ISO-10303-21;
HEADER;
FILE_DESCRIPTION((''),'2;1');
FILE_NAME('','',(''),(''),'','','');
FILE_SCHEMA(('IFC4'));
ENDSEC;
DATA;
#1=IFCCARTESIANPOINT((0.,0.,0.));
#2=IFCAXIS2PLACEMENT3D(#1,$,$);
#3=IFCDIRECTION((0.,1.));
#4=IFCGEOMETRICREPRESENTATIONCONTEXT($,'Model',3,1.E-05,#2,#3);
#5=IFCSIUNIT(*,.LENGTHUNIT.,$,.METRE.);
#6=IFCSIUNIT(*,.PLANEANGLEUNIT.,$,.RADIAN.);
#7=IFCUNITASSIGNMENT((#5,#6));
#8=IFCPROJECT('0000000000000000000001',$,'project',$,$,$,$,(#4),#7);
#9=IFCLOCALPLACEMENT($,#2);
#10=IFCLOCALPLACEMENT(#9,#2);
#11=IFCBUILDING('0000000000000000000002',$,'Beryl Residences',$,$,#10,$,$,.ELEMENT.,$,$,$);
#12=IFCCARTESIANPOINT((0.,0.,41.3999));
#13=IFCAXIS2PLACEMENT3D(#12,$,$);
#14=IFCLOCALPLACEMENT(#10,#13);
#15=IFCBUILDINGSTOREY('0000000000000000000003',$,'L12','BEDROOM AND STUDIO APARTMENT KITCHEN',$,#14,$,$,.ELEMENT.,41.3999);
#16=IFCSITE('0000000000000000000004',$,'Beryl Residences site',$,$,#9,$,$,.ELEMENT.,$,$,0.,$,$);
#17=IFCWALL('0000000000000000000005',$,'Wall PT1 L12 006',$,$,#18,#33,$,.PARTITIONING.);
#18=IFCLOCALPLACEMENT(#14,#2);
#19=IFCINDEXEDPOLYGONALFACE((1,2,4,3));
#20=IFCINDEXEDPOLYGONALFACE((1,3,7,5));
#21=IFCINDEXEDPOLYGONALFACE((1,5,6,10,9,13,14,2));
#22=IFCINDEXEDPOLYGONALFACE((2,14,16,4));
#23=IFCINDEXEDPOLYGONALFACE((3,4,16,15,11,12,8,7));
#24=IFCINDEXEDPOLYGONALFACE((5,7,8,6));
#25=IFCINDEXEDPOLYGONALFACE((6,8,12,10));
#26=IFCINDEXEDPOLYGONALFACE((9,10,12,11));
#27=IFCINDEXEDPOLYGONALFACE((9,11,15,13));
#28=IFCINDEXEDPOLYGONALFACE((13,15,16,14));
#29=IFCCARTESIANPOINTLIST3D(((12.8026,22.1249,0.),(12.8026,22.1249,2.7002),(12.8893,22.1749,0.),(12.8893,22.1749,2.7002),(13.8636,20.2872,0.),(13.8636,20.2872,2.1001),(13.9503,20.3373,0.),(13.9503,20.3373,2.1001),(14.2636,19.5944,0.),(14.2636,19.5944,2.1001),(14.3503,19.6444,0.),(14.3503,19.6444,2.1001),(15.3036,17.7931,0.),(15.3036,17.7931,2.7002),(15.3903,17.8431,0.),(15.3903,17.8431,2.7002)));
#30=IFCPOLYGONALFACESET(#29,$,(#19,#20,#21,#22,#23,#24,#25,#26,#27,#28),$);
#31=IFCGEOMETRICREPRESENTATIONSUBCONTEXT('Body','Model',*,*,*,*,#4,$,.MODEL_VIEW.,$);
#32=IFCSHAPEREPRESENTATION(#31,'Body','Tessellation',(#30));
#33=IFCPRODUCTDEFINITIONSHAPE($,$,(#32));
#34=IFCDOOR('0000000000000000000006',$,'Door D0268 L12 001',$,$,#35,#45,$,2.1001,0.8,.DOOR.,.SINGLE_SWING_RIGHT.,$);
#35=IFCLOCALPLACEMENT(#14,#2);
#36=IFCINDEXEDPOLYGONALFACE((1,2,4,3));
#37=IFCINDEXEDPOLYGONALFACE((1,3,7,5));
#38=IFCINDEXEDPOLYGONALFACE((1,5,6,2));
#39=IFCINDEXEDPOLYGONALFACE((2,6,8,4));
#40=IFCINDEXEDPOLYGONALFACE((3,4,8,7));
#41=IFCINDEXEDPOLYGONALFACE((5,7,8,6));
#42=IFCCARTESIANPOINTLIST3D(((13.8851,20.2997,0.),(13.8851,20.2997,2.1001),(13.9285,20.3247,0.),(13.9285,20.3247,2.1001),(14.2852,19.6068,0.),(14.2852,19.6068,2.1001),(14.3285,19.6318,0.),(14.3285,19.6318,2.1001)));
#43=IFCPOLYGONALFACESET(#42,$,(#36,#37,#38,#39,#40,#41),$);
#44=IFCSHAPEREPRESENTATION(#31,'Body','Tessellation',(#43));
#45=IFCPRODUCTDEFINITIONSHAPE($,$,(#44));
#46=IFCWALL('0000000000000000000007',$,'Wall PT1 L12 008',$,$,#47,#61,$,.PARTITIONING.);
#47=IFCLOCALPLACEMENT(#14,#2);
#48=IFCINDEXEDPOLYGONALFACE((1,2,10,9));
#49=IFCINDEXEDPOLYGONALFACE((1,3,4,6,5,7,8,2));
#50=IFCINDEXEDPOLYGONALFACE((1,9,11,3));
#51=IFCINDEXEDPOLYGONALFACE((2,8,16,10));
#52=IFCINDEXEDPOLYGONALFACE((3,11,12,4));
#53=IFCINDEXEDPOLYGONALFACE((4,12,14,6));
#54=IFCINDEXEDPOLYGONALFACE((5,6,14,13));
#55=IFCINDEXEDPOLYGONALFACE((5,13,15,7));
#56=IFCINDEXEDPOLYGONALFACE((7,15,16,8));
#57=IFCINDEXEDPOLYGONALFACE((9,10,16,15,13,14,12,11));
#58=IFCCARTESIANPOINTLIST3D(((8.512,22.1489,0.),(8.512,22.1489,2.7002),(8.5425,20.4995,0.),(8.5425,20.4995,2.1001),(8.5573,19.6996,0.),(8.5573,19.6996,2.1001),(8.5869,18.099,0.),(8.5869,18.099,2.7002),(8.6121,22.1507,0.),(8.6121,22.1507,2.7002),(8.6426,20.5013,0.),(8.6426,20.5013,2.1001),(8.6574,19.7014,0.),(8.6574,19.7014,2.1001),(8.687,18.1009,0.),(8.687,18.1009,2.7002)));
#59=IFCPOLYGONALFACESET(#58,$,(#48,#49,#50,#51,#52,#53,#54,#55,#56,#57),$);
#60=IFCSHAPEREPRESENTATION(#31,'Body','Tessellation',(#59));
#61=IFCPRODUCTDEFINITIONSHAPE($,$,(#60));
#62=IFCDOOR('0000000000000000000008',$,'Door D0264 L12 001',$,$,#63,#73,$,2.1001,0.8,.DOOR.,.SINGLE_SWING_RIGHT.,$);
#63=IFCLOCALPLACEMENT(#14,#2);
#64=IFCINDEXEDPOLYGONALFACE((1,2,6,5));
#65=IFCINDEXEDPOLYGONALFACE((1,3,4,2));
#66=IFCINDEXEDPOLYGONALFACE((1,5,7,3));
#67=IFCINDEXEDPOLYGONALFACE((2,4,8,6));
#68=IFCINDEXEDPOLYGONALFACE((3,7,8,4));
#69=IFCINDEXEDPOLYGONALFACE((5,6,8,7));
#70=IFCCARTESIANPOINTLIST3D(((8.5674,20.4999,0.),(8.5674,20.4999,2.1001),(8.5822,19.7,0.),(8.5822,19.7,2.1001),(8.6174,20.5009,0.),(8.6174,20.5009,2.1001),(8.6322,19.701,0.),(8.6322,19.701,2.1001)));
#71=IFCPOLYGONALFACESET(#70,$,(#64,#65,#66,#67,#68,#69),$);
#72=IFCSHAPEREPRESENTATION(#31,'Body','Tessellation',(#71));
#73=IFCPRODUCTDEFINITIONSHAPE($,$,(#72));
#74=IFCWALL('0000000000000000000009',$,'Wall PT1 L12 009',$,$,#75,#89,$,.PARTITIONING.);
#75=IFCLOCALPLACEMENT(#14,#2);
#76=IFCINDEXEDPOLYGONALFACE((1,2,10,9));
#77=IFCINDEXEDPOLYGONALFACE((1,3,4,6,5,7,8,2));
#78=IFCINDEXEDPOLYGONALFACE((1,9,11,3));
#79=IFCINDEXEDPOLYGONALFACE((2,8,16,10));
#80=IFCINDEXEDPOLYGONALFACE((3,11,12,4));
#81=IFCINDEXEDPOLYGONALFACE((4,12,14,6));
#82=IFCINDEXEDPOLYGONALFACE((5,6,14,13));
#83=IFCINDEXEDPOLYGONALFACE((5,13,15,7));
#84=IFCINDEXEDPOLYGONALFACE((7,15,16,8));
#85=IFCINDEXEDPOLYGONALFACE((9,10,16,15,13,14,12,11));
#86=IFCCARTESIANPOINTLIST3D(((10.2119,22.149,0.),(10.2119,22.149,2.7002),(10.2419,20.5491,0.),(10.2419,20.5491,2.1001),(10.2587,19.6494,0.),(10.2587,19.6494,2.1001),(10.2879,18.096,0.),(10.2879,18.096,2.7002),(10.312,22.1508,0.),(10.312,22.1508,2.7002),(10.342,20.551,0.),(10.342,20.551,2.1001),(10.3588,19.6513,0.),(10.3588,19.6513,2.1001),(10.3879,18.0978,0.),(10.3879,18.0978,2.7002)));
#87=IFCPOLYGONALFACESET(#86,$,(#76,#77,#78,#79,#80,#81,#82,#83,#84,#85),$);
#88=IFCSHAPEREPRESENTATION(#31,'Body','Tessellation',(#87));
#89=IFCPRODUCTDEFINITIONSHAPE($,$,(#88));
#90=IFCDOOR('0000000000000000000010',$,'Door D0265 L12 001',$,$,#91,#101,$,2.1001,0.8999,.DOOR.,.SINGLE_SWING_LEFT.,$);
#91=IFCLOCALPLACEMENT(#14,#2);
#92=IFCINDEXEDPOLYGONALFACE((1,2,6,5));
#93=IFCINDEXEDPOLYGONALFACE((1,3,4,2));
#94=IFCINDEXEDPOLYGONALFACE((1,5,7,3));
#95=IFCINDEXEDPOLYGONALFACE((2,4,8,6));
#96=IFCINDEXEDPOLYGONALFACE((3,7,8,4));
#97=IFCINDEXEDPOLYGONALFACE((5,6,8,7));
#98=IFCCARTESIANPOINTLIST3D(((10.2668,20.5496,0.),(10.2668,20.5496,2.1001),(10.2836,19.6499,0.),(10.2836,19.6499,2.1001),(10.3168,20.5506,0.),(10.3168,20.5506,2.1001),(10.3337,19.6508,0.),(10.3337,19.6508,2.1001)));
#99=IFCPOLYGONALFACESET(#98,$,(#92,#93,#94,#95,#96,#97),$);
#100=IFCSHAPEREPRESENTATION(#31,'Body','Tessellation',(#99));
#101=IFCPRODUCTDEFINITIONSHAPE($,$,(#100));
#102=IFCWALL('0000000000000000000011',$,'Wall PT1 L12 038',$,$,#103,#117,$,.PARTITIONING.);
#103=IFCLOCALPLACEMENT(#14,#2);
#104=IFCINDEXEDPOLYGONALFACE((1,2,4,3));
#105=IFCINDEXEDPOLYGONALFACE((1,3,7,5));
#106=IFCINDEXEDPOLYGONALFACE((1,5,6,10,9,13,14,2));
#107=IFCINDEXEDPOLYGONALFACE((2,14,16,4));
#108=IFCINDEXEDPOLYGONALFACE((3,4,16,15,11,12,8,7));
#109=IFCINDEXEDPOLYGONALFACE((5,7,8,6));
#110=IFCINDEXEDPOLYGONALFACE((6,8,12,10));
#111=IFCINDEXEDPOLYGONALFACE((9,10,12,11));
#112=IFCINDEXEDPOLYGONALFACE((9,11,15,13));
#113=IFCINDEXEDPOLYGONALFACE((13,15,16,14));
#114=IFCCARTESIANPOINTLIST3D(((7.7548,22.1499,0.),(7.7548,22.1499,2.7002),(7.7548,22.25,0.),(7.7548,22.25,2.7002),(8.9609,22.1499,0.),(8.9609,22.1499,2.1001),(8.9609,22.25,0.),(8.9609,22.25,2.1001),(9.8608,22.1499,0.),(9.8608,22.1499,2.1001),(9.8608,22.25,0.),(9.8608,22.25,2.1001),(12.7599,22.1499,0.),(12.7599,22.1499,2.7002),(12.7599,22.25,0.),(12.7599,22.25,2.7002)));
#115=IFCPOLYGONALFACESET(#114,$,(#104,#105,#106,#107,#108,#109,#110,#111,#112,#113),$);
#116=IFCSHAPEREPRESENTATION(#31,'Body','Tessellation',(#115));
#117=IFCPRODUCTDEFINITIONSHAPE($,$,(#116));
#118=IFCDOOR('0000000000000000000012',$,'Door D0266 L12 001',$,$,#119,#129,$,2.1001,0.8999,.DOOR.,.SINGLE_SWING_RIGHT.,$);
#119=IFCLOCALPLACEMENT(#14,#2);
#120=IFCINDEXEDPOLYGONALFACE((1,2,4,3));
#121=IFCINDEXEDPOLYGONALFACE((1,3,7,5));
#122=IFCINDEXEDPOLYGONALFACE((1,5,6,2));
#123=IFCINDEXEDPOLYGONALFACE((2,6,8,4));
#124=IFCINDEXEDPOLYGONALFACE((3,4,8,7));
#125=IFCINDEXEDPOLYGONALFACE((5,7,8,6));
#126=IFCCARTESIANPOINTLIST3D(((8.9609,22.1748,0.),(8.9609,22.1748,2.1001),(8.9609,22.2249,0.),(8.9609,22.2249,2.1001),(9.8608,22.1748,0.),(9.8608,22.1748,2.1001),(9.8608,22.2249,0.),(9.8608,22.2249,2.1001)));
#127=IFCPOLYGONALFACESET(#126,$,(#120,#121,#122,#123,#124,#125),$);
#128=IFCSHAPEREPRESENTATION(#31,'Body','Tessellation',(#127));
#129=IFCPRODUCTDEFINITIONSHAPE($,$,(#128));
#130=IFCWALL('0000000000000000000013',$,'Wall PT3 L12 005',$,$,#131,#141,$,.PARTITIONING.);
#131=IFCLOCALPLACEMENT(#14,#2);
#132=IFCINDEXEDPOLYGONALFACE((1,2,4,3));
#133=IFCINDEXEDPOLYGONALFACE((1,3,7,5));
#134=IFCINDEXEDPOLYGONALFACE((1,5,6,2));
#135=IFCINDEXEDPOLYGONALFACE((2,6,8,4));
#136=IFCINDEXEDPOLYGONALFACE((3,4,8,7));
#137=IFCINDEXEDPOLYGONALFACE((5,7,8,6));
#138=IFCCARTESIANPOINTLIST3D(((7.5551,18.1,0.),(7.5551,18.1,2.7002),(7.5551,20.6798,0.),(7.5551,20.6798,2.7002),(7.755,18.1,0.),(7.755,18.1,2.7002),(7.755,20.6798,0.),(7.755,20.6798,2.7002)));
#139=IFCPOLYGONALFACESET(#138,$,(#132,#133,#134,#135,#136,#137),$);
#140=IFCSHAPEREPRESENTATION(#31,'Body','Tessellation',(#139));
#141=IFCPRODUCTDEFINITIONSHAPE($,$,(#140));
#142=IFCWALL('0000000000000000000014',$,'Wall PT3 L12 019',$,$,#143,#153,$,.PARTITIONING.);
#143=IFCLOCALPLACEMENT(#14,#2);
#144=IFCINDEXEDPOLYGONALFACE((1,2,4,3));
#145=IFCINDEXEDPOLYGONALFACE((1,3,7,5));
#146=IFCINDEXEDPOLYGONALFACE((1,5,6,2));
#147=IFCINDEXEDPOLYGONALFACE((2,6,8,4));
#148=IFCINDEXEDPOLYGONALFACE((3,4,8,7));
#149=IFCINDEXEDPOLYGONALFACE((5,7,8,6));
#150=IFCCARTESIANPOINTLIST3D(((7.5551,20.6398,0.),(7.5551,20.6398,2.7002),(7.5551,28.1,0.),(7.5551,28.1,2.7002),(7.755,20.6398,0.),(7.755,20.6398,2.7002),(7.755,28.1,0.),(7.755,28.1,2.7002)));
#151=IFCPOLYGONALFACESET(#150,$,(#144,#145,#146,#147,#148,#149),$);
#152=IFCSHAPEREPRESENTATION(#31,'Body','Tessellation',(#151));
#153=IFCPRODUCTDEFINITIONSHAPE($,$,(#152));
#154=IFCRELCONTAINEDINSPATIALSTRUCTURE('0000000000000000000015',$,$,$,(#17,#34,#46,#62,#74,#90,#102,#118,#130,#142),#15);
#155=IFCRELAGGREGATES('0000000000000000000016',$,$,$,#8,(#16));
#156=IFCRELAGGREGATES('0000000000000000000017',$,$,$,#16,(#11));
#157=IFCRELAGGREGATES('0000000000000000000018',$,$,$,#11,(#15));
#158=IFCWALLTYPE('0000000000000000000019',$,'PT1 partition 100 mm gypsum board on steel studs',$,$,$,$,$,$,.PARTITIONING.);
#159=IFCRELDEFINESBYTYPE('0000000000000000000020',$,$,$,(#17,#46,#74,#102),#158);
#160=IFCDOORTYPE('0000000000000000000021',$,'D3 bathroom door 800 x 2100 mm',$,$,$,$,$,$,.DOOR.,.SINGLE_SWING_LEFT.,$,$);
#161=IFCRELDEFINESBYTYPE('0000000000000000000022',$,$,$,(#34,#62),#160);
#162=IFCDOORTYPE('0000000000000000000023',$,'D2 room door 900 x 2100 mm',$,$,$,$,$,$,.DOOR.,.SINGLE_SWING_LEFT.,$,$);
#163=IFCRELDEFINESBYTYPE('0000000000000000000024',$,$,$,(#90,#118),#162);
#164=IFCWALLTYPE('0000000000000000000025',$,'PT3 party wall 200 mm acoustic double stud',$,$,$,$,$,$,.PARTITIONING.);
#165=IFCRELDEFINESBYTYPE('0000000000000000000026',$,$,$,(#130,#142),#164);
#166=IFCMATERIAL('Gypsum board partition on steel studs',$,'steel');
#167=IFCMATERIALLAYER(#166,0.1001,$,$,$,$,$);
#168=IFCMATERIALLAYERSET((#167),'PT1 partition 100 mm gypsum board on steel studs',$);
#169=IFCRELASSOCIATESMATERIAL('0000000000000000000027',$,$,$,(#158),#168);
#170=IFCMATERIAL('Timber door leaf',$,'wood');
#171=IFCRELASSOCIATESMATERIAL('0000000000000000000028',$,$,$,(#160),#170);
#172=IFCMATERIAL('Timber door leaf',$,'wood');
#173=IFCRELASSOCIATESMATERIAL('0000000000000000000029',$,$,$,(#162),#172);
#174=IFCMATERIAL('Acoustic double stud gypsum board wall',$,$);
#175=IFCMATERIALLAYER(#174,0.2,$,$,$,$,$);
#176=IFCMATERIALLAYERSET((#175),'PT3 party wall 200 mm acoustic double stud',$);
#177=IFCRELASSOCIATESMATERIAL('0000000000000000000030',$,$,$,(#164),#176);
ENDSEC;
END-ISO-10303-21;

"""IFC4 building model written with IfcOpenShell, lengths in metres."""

from ifc_helpers import new_model, si_unit, direction, frame, frame_2d, origin, place, context, subcontext, project, spatial, rectangle, extrude, material, layer, layer_set, type_object, element, fill, save


model = new_model("IFC4")

# Units and contexts
model_context = context("Model", 3, precision=1e-05, world=origin(), true_north=direction((0.0, 1.0)))
body_context = subcontext(model_context, "Body", "Model", "MODEL_VIEW")
ifc_project = project(units=[si_unit("LENGTHUNIT", "METRE"), si_unit("PLANEANGLEUNIT", "RADIAN")], contexts=[model_context])

# Site, building, storey
site_placement = place(None, origin())
site = spatial("IfcSite", under=ifc_project, at=site_placement, Name="Beryl Residences site", CompositionType="ELEMENT", RefElevation=0.0)
building_placement = place(site_placement, origin())
building = spatial("IfcBuilding", under=site, at=building_placement, Name="Beryl Residences", CompositionType="ELEMENT")
storey_placement = place(building_placement, frame((0.0, 0.0, 41.3999)))
storey = spatial("IfcBuildingStorey", under=building, at=storey_placement, Name="L12", Description="BEDROOM AND STUDIO APARTMENT KITCHEN", CompositionType="ELEMENT", Elevation=41.3999)

# Walls, openings, doors
ifc_material_1 = material(Name="Gypsum board partition on steel studs", Category="steel")
ifc_layer_1 = layer(ifc_material_1, 0.1001)
ifc_layer_set_1 = layer_set([ifc_layer_1], Name="PT1 partition 100 mm gypsum board on steel studs")
wall_type_1 = type_object("IfcWallType", Name="PT1 partition 100 mm gypsum board on steel studs", PredefinedType="PARTITIONING", material=ifc_layer_set_1)
wall_1_placement = place(storey_placement, frame((12.8459, 22.1499, 0.0), z_axis=(0.0, 0.0, 1.0), x_axis=(0.500003, -0.866024, 0.0)))
wall_1 = element("IfcWall", 1, at=wall_1_placement, inside=storey, type_object=wall_type_1, Name="Wall PT1 L12 006", PredefinedType="PARTITIONING", context=body_context, shape_type="SweptSolid", body=[
    extrude(rectangle(XDim=5.002, YDim=0.1001, at=frame_2d((2.501, 0.0))), origin(), (0.0, 0.0, 1.0), 2.7002),
])
opening_1_placement = place(wall_1_placement, frame((2.1221, 0.0, 0.0)))
opening_1 = element("IfcOpeningElement", 2, at=opening_1_placement, cuts=wall_1, PredefinedType="OPENING", context=body_context, shape_type="SweptSolid", body=[
    extrude(rectangle(XDim=0.8, YDim=2.1001, at=frame_2d((0.3999, 1.05))), frame((0.0, 0.0601, 0.0), z_axis=(0.0, -1.0, 0.0), x_axis=(1.0, 0.0, 0.0)), (0.0, 0.0, 1.0), 0.1201),
])
ifc_material_2 = material(Name="Timber door leaf", Category="wood")
door_type_1 = type_object("IfcDoorType", Name="D3 bathroom door 800 x 2100 mm", OperationType="SINGLE_SWING_LEFT", PredefinedType="DOOR", material=ifc_material_2)
door_1_placement = place(opening_1_placement, origin())
door_1 = element("IfcDoor", 3, at=door_1_placement, inside=storey, type_object=door_type_1, Name="Door D0268 L12 001", OperationType="SINGLE_SWING_RIGHT", OverallHeight=2.1001, OverallWidth=0.8, PredefinedType="DOOR", context=body_context, shape_type="SweptSolid", body=[
    extrude(rectangle(XDim=0.8, YDim=2.1001, at=frame_2d((0.3999, 1.05))), frame((0.0, 0.0249, 0.0), z_axis=(0.0, -1.0, 0.0), x_axis=(1.0, 0.0, 0.0)), (0.0, 0.0, 1.0), 0.05),
])
fill(opening_1, door_1)
wall_2_placement = place(storey_placement, frame((8.562, 22.1499, 0.0), z_axis=(0.0, 0.0, 1.0), x_axis=(0.018504, -0.999829, 0.0)))
wall_2 = element("IfcWall", 4, at=wall_2_placement, inside=storey, type_object=wall_type_1, Name="Wall PT1 L12 008", PredefinedType="PARTITIONING", context=body_context, shape_type="SweptSolid", body=[
    extrude(rectangle(XDim=4.0505, YDim=0.1001, at=frame_2d((2.0254, 0.0))), origin(), (0.0, 0.0, 1.0), 2.7002),
])
opening_2_placement = place(wall_2_placement, frame((1.6499, 0.0, 0.0)))
opening_2 = element("IfcOpeningElement", 5, at=opening_2_placement, cuts=wall_2, PredefinedType="OPENING", context=body_context, shape_type="SweptSolid", body=[
    extrude(rectangle(XDim=0.8, YDim=2.1001, at=frame_2d((0.3999, 1.05))), frame((0.0, 0.0601, 0.0), z_axis=(0.0, -1.0, 0.0), x_axis=(1.0, 0.0, 0.0)), (0.0, 0.0, 1.0), 0.1201),
])
door_2_placement = place(opening_2_placement, origin())
door_2 = element("IfcDoor", 6, at=door_2_placement, inside=storey, type_object=door_type_1, Name="Door D0264 L12 001", OperationType="SINGLE_SWING_RIGHT", OverallHeight=2.1001, OverallWidth=0.8, PredefinedType="DOOR", context=body_context, shape_type="SweptSolid", body=[
    extrude(rectangle(XDim=0.8, YDim=2.1001, at=frame_2d((0.3999, 1.05))), frame((0.0, 0.0249, 0.0), z_axis=(0.0, -1.0, 0.0), x_axis=(1.0, 0.0, 0.0)), (0.0, 0.0, 1.0), 0.05),
])
fill(opening_2, door_2)
wall_3_placement = place(storey_placement, frame((10.262, 22.1499, 0.0), z_axis=(0.0, 0.0, 1.0), x_axis=(0.018731, -0.999825, 0.0)))
wall_3 = element("IfcWall", 7, at=wall_3_placement, inside=storey, type_object=wall_type_1, Name="Wall PT1 L12 009", PredefinedType="PARTITIONING", context=body_context, shape_type="SweptSolid", body=[
    extrude(rectangle(XDim=4.0537, YDim=0.1001, at=frame_2d((2.0269, 0.0))), origin(), (0.0, 0.0, 1.0), 2.7002),
])
opening_3_placement = place(wall_3_placement, frame((1.6001, 0.0, 0.0)))
opening_3 = element("IfcOpeningElement", 8, at=opening_3_placement, cuts=wall_3, PredefinedType="OPENING", context=body_context, shape_type="SweptSolid", body=[
    extrude(rectangle(XDim=0.8999, YDim=2.1001, at=frame_2d((0.45, 1.05))), frame((0.0, 0.0601, 0.0), z_axis=(0.0, -1.0, 0.0), x_axis=(1.0, 0.0, 0.0)), (0.0, 0.0, 1.0), 0.1201),
])
ifc_material_3 = material(Name="Timber door leaf", Category="wood")
door_type_2 = type_object("IfcDoorType", Name="D2 room door 900 x 2100 mm", OperationType="SINGLE_SWING_LEFT", PredefinedType="DOOR", material=ifc_material_3)
door_3_placement = place(opening_3_placement, origin())
door_3 = element("IfcDoor", 9, at=door_3_placement, inside=storey, type_object=door_type_2, Name="Door D0265 L12 001", OperationType="SINGLE_SWING_LEFT", OverallHeight=2.1001, OverallWidth=0.8999, PredefinedType="DOOR", context=body_context, shape_type="SweptSolid", body=[
    extrude(rectangle(XDim=0.8999, YDim=2.1001, at=frame_2d((0.45, 1.05))), frame((0.0, 0.0249, 0.0), z_axis=(0.0, -1.0, 0.0), x_axis=(1.0, 0.0, 0.0)), (0.0, 0.0, 1.0), 0.05),
])
fill(opening_3, door_3)
wall_4_placement = place(storey_placement, frame((7.7549, 22.2, 0.0), z_axis=(0.0, 0.0, 1.0), x_axis=(1.0, 0.0, 0.0)))
wall_4 = element("IfcWall", 10, at=wall_4_placement, inside=storey, type_object=wall_type_1, Name="Wall PT1 L12 038", PredefinedType="PARTITIONING", context=body_context, shape_type="SweptSolid", body=[
    extrude(rectangle(XDim=5.0051, YDim=0.1001, at=frame_2d((2.5024, 0.0))), origin(), (0.0, 0.0, 1.0), 2.7002),
])
opening_4_placement = place(wall_4_placement, frame((1.2061, 0.0, 0.0)))
opening_4 = element("IfcOpeningElement", 11, at=opening_4_placement, cuts=wall_4, PredefinedType="OPENING", context=body_context, shape_type="SweptSolid", body=[
    extrude(rectangle(XDim=0.8999, YDim=2.1001, at=frame_2d((0.45, 1.05))), frame((0.0, 0.0601, 0.0), z_axis=(0.0, -1.0, 0.0), x_axis=(1.0, 0.0, 0.0)), (0.0, 0.0, 1.0), 0.1201),
])
door_4_placement = place(opening_4_placement, origin())
door_4 = element("IfcDoor", 12, at=door_4_placement, inside=storey, type_object=door_type_2, Name="Door D0266 L12 001", OperationType="SINGLE_SWING_RIGHT", OverallHeight=2.1001, OverallWidth=0.8999, PredefinedType="DOOR", context=body_context, shape_type="SweptSolid", body=[
    extrude(rectangle(XDim=0.8999, YDim=2.1001, at=frame_2d((0.45, 1.05))), frame((0.0, 0.0249, 0.0), z_axis=(0.0, -1.0, 0.0), x_axis=(1.0, 0.0, 0.0)), (0.0, 0.0, 1.0), 0.05),
])
fill(opening_4, door_4)

# Walls
ifc_material_4 = material(Name="Acoustic double stud gypsum board wall")
ifc_layer_2 = layer(ifc_material_4, 0.2)
ifc_layer_set_2 = layer_set([ifc_layer_2], Name="PT3 party wall 200 mm acoustic double stud")
wall_type_2 = type_object("IfcWallType", Name="PT3 party wall 200 mm acoustic double stud", PredefinedType="PARTITIONING", material=ifc_layer_set_2)
wall_5_placement = place(storey_placement, frame((7.655, 20.6799, 0.0), z_axis=(0.0, 0.0, 1.0), x_axis=(0.0, -1.0, 0.0)))
element("IfcWall", 13, at=wall_5_placement, inside=storey, type_object=wall_type_2, Name="Wall PT3 L12 005", PredefinedType="PARTITIONING", context=body_context, shape_type="SweptSolid", body=[
    extrude(rectangle(XDim=2.5798, YDim=0.2, at=frame_2d((1.29, 0.0))), origin(), (0.0, 0.0, 1.0), 2.7002),
])
wall_6_placement = place(storey_placement, frame((7.655, 20.6399, 0.0), z_axis=(0.0, 0.0, 1.0), x_axis=(0.0, 1.0, 0.0)))
element("IfcWall", 14, at=wall_6_placement, inside=storey, type_object=wall_type_2, Name="Wall PT3 L12 019", PredefinedType="PARTITIONING", context=body_context, shape_type="SweptSolid", body=[
    extrude(rectangle(XDim=7.4602, YDim=0.2, at=frame_2d((3.73, 0.0))), origin(), (0.0, 0.0, 1.0), 2.7002),
])

save(model, "model.ifc")
